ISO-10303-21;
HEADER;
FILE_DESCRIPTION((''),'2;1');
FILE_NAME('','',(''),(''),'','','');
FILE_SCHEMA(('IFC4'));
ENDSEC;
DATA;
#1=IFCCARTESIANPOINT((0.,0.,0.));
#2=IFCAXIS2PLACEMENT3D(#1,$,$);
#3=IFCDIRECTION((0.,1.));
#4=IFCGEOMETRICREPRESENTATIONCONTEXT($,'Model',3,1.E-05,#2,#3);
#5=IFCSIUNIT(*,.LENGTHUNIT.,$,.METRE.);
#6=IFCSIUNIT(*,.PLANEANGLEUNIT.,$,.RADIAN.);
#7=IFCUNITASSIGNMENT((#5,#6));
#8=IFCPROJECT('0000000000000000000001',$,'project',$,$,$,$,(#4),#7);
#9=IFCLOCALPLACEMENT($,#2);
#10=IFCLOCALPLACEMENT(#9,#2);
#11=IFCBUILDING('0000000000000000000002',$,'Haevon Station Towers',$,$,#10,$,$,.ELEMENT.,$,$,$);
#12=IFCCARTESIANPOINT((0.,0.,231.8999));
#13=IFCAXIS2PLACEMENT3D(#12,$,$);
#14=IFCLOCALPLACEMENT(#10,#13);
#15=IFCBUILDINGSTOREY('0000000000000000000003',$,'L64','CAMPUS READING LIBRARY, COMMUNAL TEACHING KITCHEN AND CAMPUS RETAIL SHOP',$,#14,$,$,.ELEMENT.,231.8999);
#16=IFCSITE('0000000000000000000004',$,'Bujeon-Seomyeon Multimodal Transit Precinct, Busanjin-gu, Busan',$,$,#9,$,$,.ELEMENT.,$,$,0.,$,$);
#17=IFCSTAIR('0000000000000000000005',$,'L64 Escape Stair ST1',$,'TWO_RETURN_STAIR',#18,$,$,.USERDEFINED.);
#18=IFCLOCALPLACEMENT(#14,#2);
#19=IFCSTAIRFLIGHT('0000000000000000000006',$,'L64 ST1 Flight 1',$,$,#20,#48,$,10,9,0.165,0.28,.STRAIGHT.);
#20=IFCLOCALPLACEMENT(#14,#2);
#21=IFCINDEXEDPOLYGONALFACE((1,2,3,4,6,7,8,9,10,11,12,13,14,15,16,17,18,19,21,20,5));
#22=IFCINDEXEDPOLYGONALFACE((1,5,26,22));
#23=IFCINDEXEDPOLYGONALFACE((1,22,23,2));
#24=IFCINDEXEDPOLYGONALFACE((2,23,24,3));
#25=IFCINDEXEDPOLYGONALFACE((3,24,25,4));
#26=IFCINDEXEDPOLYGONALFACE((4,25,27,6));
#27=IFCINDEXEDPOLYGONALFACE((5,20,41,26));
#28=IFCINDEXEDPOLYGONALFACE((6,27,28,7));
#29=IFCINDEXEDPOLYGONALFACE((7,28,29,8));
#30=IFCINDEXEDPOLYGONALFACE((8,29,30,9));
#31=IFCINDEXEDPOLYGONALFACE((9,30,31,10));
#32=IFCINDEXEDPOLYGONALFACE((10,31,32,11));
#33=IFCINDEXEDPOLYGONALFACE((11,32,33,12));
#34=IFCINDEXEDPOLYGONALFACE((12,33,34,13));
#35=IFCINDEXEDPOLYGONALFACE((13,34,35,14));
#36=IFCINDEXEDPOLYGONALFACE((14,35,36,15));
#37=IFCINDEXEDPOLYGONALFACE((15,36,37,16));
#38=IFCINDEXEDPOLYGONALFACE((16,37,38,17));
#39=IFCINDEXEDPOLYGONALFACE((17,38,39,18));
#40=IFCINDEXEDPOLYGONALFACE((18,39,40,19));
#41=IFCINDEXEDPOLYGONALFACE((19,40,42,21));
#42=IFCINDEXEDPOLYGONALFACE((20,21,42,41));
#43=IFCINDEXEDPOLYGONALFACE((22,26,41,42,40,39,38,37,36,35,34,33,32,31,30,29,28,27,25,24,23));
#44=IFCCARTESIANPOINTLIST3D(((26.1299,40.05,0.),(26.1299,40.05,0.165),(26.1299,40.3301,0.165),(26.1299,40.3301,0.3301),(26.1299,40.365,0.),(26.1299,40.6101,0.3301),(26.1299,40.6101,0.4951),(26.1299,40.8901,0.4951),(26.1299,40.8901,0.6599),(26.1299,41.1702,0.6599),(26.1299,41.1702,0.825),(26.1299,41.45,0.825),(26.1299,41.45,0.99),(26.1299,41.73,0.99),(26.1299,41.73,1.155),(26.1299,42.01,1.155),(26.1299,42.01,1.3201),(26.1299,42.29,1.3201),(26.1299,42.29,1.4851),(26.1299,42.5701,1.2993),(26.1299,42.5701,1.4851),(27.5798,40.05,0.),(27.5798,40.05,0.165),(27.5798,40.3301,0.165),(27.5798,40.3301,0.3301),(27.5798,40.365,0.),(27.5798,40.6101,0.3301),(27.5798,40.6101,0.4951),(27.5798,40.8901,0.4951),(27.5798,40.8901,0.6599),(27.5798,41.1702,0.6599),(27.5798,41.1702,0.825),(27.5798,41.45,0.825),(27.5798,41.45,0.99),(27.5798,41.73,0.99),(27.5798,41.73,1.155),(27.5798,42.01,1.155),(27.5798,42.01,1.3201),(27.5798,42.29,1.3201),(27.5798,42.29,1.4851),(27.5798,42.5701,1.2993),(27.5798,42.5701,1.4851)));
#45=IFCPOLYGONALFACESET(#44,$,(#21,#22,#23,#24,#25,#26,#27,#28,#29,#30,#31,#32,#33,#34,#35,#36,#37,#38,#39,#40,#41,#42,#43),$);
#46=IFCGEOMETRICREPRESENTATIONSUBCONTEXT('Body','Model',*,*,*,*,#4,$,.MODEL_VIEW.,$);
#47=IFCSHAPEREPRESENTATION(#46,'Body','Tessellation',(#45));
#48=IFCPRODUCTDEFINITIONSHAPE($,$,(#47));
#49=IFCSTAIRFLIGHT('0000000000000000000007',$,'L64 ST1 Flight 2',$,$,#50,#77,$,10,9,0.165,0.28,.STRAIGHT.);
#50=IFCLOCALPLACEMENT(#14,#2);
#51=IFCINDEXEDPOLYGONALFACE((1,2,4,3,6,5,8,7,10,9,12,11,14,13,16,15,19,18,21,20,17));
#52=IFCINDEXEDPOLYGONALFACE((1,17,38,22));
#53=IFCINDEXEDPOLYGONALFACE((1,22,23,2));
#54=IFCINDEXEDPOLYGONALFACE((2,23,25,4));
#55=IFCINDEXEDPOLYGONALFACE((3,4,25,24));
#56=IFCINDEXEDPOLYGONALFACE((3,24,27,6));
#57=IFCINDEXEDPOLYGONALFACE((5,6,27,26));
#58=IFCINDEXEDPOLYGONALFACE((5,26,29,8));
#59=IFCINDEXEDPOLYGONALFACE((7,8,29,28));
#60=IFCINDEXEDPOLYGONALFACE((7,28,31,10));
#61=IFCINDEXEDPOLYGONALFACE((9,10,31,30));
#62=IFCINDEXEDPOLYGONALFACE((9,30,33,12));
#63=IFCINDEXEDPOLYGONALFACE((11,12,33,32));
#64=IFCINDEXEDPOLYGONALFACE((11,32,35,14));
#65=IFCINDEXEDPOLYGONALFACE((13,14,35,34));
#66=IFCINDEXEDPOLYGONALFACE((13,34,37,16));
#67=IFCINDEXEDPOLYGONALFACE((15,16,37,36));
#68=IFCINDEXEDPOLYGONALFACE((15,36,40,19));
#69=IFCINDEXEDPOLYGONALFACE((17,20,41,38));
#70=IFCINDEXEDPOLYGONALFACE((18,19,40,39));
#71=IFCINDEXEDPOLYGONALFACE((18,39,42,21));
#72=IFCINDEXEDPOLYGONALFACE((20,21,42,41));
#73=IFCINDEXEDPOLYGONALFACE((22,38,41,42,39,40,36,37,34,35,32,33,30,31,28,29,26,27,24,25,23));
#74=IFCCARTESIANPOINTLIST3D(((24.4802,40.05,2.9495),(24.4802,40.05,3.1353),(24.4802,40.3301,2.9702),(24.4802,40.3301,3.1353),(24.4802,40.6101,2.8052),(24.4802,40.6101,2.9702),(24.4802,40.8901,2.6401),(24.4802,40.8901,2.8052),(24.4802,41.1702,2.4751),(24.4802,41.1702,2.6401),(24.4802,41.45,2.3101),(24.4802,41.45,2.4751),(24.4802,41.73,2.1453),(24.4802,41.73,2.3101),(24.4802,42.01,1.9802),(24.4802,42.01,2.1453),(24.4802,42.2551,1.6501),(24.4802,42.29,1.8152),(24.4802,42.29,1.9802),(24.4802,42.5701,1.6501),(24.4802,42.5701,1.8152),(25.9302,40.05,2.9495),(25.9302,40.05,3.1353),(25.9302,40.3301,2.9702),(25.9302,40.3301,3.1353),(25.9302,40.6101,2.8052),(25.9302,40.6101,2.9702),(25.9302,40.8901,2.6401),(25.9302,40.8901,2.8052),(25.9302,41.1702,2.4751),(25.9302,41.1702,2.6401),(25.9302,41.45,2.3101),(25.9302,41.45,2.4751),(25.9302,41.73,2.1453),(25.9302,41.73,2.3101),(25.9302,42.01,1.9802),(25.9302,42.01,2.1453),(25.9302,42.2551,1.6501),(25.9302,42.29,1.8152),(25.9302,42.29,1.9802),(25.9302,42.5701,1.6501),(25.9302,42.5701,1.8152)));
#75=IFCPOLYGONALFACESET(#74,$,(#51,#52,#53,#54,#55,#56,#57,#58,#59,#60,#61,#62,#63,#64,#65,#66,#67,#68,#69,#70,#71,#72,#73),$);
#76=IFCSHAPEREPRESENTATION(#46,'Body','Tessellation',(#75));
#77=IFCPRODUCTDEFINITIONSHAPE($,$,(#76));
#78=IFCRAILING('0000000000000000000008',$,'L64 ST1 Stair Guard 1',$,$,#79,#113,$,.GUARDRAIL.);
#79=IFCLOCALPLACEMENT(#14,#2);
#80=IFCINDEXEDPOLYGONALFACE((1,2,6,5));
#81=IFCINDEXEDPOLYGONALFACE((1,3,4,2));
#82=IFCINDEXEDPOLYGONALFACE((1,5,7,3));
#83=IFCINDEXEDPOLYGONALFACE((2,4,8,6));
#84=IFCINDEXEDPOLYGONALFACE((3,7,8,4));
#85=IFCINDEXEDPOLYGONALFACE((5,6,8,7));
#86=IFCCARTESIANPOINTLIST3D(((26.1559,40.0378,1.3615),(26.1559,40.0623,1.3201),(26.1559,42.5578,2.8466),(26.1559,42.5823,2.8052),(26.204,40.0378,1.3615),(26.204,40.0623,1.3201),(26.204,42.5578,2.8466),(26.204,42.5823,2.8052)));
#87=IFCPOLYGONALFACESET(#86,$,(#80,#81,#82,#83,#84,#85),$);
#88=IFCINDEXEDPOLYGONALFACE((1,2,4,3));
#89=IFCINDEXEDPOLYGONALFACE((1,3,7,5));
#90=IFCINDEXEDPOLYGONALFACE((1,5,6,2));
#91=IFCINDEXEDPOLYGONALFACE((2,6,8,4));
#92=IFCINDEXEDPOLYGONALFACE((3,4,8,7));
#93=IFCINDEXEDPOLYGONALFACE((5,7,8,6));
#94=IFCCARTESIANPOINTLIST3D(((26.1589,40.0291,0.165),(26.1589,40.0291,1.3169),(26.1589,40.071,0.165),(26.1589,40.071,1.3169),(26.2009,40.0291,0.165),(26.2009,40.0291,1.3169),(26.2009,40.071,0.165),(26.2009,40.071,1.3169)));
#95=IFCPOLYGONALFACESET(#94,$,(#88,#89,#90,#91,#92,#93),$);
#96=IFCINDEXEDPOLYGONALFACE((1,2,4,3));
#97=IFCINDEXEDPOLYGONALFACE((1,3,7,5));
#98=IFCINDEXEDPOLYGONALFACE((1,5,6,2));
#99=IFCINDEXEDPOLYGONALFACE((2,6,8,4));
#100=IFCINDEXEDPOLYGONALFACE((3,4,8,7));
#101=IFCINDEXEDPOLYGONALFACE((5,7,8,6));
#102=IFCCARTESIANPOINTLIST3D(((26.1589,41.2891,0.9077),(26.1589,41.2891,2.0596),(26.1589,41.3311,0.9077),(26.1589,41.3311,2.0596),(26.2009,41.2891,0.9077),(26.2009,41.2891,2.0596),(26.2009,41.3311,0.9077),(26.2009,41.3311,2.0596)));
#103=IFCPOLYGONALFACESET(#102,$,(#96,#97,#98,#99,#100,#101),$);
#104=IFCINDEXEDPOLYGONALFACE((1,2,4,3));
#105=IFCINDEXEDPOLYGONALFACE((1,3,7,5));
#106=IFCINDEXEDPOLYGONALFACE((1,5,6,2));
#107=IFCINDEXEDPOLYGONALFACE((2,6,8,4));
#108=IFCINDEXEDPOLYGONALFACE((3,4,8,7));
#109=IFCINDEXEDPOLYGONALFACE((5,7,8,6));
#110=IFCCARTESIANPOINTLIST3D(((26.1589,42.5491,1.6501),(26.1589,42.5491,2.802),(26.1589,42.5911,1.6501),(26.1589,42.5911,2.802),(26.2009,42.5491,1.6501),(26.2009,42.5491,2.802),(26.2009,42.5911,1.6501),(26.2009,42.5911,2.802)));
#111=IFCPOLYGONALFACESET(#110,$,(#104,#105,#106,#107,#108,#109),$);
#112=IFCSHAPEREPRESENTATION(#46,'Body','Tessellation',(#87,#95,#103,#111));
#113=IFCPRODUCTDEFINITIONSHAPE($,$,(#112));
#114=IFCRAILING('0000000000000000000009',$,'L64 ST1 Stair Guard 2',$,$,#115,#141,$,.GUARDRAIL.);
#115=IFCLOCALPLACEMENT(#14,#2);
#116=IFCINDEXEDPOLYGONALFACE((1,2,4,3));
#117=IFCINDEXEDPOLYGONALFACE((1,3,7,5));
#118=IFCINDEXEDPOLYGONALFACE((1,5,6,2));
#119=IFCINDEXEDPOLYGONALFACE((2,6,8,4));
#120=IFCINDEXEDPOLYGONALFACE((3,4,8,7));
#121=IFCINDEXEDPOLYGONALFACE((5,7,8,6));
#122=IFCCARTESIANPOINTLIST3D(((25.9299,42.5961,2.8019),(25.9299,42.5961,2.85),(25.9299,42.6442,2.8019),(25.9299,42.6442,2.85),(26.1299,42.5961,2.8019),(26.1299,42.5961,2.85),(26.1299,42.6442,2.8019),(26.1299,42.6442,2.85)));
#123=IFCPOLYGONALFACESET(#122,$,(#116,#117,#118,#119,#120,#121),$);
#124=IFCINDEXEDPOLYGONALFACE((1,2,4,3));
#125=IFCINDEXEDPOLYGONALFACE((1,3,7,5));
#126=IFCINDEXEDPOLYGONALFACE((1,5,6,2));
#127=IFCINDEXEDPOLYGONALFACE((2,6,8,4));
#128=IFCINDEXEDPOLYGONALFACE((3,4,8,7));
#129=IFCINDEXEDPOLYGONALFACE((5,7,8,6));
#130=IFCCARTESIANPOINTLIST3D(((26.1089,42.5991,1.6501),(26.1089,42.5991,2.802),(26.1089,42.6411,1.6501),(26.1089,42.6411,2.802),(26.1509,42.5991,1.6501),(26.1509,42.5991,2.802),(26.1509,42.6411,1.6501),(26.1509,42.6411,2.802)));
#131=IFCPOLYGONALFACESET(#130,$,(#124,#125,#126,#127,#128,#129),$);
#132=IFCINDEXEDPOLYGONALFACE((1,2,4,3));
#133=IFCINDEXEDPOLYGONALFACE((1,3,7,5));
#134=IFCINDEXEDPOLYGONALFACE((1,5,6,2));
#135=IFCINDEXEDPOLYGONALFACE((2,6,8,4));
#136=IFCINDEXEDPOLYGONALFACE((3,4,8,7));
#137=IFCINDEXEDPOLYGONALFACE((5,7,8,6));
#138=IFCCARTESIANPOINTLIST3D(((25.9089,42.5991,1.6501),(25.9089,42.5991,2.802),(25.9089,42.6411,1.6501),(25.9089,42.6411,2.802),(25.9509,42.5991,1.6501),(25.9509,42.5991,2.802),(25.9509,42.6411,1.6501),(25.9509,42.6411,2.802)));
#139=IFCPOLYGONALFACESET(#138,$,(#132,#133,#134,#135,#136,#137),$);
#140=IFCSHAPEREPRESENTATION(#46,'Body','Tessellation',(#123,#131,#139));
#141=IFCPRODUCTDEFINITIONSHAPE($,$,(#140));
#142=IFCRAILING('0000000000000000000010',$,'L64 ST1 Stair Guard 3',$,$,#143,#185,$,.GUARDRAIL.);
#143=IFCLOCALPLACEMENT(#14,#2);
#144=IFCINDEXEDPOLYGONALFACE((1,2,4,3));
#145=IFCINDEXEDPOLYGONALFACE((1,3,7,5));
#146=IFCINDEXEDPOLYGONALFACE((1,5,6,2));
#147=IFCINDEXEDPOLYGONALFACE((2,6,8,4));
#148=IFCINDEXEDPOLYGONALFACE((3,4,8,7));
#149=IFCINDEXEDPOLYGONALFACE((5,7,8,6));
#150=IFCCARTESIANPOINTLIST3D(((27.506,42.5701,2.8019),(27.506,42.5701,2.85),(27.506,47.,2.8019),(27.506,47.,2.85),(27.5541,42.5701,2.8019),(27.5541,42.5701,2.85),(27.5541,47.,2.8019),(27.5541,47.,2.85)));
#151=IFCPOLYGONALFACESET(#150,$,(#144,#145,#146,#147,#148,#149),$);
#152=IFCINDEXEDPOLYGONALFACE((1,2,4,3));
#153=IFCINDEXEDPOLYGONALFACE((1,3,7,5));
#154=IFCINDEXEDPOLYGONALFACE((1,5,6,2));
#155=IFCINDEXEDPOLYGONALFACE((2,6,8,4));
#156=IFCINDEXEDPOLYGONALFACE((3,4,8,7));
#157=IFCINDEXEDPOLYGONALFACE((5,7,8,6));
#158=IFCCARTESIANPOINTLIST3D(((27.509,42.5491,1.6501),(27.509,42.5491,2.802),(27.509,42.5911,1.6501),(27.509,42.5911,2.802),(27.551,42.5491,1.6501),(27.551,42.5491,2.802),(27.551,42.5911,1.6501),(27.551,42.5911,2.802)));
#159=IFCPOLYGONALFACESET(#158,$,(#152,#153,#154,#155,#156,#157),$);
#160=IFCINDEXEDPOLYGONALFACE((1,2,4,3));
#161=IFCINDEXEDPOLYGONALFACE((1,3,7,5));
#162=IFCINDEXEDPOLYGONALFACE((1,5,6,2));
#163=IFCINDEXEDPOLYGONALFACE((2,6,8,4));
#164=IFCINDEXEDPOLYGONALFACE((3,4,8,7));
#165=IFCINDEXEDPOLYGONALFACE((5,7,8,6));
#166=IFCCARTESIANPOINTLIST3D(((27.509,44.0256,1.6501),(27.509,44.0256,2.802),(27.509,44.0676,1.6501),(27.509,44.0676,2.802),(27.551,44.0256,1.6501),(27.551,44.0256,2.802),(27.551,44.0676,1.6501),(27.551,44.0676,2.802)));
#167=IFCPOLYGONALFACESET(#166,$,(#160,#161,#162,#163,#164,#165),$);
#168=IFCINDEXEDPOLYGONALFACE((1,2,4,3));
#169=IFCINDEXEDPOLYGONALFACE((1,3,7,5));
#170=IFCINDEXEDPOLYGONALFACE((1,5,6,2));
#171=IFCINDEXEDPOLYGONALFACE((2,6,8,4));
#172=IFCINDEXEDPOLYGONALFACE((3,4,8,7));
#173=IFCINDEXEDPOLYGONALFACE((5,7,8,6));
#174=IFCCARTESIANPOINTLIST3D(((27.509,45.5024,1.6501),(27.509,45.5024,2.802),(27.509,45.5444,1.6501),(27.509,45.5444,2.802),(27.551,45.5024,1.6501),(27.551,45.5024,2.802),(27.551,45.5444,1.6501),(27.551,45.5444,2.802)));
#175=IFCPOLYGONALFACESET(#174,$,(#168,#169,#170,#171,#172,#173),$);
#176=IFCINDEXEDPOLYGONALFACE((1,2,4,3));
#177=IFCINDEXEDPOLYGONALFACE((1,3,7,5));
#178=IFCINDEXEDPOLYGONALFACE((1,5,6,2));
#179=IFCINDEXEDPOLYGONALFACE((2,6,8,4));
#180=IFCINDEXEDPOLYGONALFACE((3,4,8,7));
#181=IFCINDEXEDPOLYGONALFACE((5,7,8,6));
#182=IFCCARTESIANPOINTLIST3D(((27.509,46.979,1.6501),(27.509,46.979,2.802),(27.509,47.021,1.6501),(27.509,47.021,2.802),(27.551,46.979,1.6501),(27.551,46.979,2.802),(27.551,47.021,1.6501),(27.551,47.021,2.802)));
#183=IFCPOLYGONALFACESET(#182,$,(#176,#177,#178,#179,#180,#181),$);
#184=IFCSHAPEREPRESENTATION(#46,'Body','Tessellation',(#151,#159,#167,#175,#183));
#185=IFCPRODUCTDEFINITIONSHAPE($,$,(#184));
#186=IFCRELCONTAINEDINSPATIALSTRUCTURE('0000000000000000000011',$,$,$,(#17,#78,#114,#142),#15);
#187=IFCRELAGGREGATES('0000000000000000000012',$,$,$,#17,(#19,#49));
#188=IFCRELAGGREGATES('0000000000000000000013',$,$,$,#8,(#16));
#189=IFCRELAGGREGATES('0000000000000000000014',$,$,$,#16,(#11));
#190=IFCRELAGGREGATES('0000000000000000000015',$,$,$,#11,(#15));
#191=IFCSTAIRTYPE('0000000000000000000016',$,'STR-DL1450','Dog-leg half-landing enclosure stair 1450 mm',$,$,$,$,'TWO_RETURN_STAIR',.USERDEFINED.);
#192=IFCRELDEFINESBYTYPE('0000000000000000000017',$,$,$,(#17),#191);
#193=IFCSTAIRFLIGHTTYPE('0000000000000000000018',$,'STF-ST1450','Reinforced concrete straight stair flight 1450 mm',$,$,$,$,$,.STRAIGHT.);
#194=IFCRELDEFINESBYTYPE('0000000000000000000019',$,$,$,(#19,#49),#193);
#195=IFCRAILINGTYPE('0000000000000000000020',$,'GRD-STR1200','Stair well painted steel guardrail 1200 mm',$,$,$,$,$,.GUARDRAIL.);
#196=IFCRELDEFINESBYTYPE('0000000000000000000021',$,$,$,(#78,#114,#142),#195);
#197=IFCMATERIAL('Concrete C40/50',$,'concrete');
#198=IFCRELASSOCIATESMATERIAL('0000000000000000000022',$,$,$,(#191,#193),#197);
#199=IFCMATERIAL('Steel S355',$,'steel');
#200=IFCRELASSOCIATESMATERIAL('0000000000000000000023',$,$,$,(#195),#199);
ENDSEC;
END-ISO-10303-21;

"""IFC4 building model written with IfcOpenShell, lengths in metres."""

from ifc_helpers import new_model, si_unit, direction, frame, origin, origin_2d, place, context, subcontext, project, spatial, polyline, rectangle, outline, extrude, material, type_object, element, aggregate, save


model = new_model("IFC4")

# Units and contexts
model_context = context("Model", 3, precision=1e-05, world=origin(), true_north=direction((0.0, 1.0)))
body_context = subcontext(model_context, "Body", "Model", "MODEL_VIEW")
ifc_project = project(units=[si_unit("LENGTHUNIT", "METRE"), si_unit("PLANEANGLEUNIT", "RADIAN")], contexts=[model_context])

# Site, building, storey
site_placement = place(None, origin())
site = spatial("IfcSite", under=ifc_project, at=site_placement, Name="Bujeon-Seomyeon Multimodal Transit Precinct, Busanjin-gu, Busan", CompositionType="ELEMENT", RefElevation=0.0)
building_placement = place(site_placement, origin())
building = spatial("IfcBuilding", under=site, at=building_placement, Name="Haevon Station Towers", CompositionType="ELEMENT")
storey_placement = place(building_placement, frame((0.0, 0.0, 231.8999)))
storey = spatial("IfcBuildingStorey", under=building, at=storey_placement, Name="L64", Description="CAMPUS READING LIBRARY, COMMUNAL TEACHING KITCHEN AND CAMPUS RETAIL SHOP", CompositionType="ELEMENT", Elevation=231.8999)

# Shared definitions
ifc_material_1 = material(Name="Steel S355", Category="steel")

# Shared definitions
ifc_material_2 = material(Name="Concrete C40/50", Category="concrete")

# Stair, stair flights
stair_type = type_object("IfcStairType", Name="STR-DL1450", Description="Dog-leg half-landing enclosure stair 1450 mm", ElementType="TWO_RETURN_STAIR", PredefinedType="USERDEFINED", material=ifc_material_2)
stair_placement = place(storey_placement, origin())
stair = element("IfcStair", 1, at=stair_placement, inside=storey, type_object=stair_type, Name="L64 Escape Stair ST1", ObjectType="TWO_RETURN_STAIR", PredefinedType="USERDEFINED")
stair_flight_type = type_object("IfcStairFlightType", Name="STF-ST1450", Description="Reinforced concrete straight stair flight 1450 mm", PredefinedType="STRAIGHT", material=ifc_material_2)
stair_flight_1_placement = place(storey_placement, frame((26.855, 40.05, 0.0), z_axis=(0.0, 0.0, 1.0), x_axis=(0.0, 1.0, 0.0)))
stair_flight_1 = element("IfcStairFlight", 2, at=stair_flight_1_placement, type_object=stair_flight_type, Name="L64 ST1 Flight 1", NumberOfRisers=10, NumberOfTreads=9, PredefinedType="STRAIGHT", RiserHeight=0.165, TreadLength=0.28, context=body_context, shape_type="SweptSolid", body=[
    extrude(outline(polyline([(0.0, 0.0), (0.0, 0.165), (0.28, 0.165), (0.28, 0.3301), (0.5601, 0.3301), (0.5601, 0.4951), (0.8401, 0.4951), (0.8401, 0.6599), (1.1201, 0.6599), (1.1201, 0.825), (1.3999, 0.825), (1.3999, 0.99), (1.6799, 0.99), (1.6799, 1.155), (1.96, 1.155), (1.96, 1.3201), (2.24, 1.3201), (2.24, 1.4851), (2.52, 1.4851), (2.52, 1.6499), (2.52, 1.2993), (0.3149, 0.0), (0.0, 0.0)])), frame((0.0, 0.7251, 0.0), z_axis=(0.0, -1.0, 0.0), x_axis=(1.0, 0.0, 0.0)), (0.0, 0.0, 1.0), 1.45),
])
stair_flight_2_placement = place(storey_placement, frame((25.2051, 42.5701, 1.6501), z_axis=(0.0, 0.0, 1.0), x_axis=(0.0, -1.0, 0.0)))
stair_flight_2 = element("IfcStairFlight", 3, at=stair_flight_2_placement, type_object=stair_flight_type, Name="L64 ST1 Flight 2", NumberOfRisers=10, NumberOfTreads=9, PredefinedType="STRAIGHT", RiserHeight=0.165, TreadLength=0.28, context=body_context, shape_type="SweptSolid", body=[
    extrude(outline(polyline([(0.0, 0.0), (0.0, 0.165), (0.28, 0.165), (0.28, 0.3301), (0.5601, 0.3301), (0.5601, 0.4951), (0.8401, 0.4951), (0.8401, 0.6599), (1.1201, 0.6599), (1.1201, 0.825), (1.3999, 0.825), (1.3999, 0.99), (1.6799, 0.99), (1.6799, 1.155), (1.96, 1.155), (1.96, 1.3201), (2.24, 1.3201), (2.24, 1.4851), (2.52, 1.4851), (2.52, 1.6499), (2.52, 1.2993), (0.3149, 0.0), (0.0, 0.0)])), frame((0.0, 0.7251, 0.0), z_axis=(0.0, -1.0, 0.0), x_axis=(1.0, 0.0, 0.0)), (0.0, 0.0, 1.0), 1.45),
])
aggregate(stair, [stair_flight_1, stair_flight_2])

# Railings
railing_type_1 = type_object("IfcRailingType", Name="GRD-STR1200", Description="Stair well painted steel guardrail 1200 mm", PredefinedType="GUARDRAIL", material=ifc_material_1)
railing_1_placement = place(storey_placement, frame((26.1799, 40.05, 0.165)))
element("IfcRailing", 4, at=railing_1_placement, inside=storey, type_object=railing_type_1, Name="L64 ST1 Stair Guard 1", PredefinedType="GUARDRAIL", context=body_context, shape_type="SweptSolid", body=[
    extrude(rectangle(XDim=0.0481, YDim=0.0481, at=origin_2d()), frame((0.0, 0.0, 1.1758), z_axis=(0.0, 0.861524, 0.507717), x_axis=(-1.0, 0.0, 0.0)), (0.0, 0.0, 1.0), 2.925),
    extrude(rectangle(XDim=0.042, YDim=0.042, at=origin_2d()), origin(), (0.0, 0.0, 1.0), 1.1519),
    extrude(rectangle(XDim=0.042, YDim=0.042, at=origin_2d()), frame((0.0, 1.26, 0.7427)), (0.0, 0.0, 1.0), 1.1519),
    extrude(rectangle(XDim=0.042, YDim=0.042, at=origin_2d()), frame((0.0, 2.52, 1.4851)), (0.0, 0.0, 1.0), 1.1519),
])
railing_2_placement = place(storey_placement, frame((26.1299, 42.6201, 1.6501)))
element("IfcRailing", 5, at=railing_2_placement, inside=storey, type_object=railing_type_1, Name="L64 ST1 Stair Guard 2", PredefinedType="GUARDRAIL", context=body_context, shape_type="SweptSolid", body=[
    extrude(rectangle(XDim=0.0481, YDim=0.0481, at=origin_2d()), frame((0.0, 0.0, 1.1758), z_axis=(-1.0, 0.0, 0.0), x_axis=(0.0, -1.0, 0.0)), (0.0, 0.0, 1.0), 0.2),
    extrude(rectangle(XDim=0.042, YDim=0.042, at=origin_2d()), origin(), (0.0, 0.0, 1.0), 1.1519),
    extrude(rectangle(XDim=0.042, YDim=0.042, at=origin_2d()), frame((-0.2, 0.0, 0.0)), (0.0, 0.0, 1.0), 1.1519),
])
for number, where, name in (
    (6, (27.53, 42.5701, 1.6501), "L64 ST1 Stair Guard 3"),
):
    element("IfcRailing", number, at=place(storey_placement, frame(where)), inside=storey, type_object=railing_type_1, Name=name, PredefinedType="GUARDRAIL", context=body_context, shape_type="SweptSolid", body=[
        extrude(rectangle(XDim=0.0481, YDim=0.0481, at=origin_2d()), frame((0.0, 0.0, 1.1758), z_axis=(0.0, 1.0, 0.0), x_axis=(-1.0, 0.0, 0.0)), (0.0, 0.0, 1.0), 4.4299),
        extrude(rectangle(XDim=0.042, YDim=0.042, at=origin_2d()), origin(), (0.0, 0.0, 1.0), 1.1519),
        extrude(rectangle(XDim=0.042, YDim=0.042, at=origin_2d()), frame((0.0, 1.4766, 0.0)), (0.0, 0.0, 1.0), 1.1519),
        extrude(rectangle(XDim=0.042, YDim=0.042, at=origin_2d()), frame((0.0, 2.9534, 0.0)), (0.0, 0.0, 1.0), 1.1519),
        extrude(rectangle(XDim=0.042, YDim=0.042, at=origin_2d()), frame((0.0, 4.4299, 0.0)), (0.0, 0.0, 1.0), 1.1519),
    ])

save(model, "model.ifc")
